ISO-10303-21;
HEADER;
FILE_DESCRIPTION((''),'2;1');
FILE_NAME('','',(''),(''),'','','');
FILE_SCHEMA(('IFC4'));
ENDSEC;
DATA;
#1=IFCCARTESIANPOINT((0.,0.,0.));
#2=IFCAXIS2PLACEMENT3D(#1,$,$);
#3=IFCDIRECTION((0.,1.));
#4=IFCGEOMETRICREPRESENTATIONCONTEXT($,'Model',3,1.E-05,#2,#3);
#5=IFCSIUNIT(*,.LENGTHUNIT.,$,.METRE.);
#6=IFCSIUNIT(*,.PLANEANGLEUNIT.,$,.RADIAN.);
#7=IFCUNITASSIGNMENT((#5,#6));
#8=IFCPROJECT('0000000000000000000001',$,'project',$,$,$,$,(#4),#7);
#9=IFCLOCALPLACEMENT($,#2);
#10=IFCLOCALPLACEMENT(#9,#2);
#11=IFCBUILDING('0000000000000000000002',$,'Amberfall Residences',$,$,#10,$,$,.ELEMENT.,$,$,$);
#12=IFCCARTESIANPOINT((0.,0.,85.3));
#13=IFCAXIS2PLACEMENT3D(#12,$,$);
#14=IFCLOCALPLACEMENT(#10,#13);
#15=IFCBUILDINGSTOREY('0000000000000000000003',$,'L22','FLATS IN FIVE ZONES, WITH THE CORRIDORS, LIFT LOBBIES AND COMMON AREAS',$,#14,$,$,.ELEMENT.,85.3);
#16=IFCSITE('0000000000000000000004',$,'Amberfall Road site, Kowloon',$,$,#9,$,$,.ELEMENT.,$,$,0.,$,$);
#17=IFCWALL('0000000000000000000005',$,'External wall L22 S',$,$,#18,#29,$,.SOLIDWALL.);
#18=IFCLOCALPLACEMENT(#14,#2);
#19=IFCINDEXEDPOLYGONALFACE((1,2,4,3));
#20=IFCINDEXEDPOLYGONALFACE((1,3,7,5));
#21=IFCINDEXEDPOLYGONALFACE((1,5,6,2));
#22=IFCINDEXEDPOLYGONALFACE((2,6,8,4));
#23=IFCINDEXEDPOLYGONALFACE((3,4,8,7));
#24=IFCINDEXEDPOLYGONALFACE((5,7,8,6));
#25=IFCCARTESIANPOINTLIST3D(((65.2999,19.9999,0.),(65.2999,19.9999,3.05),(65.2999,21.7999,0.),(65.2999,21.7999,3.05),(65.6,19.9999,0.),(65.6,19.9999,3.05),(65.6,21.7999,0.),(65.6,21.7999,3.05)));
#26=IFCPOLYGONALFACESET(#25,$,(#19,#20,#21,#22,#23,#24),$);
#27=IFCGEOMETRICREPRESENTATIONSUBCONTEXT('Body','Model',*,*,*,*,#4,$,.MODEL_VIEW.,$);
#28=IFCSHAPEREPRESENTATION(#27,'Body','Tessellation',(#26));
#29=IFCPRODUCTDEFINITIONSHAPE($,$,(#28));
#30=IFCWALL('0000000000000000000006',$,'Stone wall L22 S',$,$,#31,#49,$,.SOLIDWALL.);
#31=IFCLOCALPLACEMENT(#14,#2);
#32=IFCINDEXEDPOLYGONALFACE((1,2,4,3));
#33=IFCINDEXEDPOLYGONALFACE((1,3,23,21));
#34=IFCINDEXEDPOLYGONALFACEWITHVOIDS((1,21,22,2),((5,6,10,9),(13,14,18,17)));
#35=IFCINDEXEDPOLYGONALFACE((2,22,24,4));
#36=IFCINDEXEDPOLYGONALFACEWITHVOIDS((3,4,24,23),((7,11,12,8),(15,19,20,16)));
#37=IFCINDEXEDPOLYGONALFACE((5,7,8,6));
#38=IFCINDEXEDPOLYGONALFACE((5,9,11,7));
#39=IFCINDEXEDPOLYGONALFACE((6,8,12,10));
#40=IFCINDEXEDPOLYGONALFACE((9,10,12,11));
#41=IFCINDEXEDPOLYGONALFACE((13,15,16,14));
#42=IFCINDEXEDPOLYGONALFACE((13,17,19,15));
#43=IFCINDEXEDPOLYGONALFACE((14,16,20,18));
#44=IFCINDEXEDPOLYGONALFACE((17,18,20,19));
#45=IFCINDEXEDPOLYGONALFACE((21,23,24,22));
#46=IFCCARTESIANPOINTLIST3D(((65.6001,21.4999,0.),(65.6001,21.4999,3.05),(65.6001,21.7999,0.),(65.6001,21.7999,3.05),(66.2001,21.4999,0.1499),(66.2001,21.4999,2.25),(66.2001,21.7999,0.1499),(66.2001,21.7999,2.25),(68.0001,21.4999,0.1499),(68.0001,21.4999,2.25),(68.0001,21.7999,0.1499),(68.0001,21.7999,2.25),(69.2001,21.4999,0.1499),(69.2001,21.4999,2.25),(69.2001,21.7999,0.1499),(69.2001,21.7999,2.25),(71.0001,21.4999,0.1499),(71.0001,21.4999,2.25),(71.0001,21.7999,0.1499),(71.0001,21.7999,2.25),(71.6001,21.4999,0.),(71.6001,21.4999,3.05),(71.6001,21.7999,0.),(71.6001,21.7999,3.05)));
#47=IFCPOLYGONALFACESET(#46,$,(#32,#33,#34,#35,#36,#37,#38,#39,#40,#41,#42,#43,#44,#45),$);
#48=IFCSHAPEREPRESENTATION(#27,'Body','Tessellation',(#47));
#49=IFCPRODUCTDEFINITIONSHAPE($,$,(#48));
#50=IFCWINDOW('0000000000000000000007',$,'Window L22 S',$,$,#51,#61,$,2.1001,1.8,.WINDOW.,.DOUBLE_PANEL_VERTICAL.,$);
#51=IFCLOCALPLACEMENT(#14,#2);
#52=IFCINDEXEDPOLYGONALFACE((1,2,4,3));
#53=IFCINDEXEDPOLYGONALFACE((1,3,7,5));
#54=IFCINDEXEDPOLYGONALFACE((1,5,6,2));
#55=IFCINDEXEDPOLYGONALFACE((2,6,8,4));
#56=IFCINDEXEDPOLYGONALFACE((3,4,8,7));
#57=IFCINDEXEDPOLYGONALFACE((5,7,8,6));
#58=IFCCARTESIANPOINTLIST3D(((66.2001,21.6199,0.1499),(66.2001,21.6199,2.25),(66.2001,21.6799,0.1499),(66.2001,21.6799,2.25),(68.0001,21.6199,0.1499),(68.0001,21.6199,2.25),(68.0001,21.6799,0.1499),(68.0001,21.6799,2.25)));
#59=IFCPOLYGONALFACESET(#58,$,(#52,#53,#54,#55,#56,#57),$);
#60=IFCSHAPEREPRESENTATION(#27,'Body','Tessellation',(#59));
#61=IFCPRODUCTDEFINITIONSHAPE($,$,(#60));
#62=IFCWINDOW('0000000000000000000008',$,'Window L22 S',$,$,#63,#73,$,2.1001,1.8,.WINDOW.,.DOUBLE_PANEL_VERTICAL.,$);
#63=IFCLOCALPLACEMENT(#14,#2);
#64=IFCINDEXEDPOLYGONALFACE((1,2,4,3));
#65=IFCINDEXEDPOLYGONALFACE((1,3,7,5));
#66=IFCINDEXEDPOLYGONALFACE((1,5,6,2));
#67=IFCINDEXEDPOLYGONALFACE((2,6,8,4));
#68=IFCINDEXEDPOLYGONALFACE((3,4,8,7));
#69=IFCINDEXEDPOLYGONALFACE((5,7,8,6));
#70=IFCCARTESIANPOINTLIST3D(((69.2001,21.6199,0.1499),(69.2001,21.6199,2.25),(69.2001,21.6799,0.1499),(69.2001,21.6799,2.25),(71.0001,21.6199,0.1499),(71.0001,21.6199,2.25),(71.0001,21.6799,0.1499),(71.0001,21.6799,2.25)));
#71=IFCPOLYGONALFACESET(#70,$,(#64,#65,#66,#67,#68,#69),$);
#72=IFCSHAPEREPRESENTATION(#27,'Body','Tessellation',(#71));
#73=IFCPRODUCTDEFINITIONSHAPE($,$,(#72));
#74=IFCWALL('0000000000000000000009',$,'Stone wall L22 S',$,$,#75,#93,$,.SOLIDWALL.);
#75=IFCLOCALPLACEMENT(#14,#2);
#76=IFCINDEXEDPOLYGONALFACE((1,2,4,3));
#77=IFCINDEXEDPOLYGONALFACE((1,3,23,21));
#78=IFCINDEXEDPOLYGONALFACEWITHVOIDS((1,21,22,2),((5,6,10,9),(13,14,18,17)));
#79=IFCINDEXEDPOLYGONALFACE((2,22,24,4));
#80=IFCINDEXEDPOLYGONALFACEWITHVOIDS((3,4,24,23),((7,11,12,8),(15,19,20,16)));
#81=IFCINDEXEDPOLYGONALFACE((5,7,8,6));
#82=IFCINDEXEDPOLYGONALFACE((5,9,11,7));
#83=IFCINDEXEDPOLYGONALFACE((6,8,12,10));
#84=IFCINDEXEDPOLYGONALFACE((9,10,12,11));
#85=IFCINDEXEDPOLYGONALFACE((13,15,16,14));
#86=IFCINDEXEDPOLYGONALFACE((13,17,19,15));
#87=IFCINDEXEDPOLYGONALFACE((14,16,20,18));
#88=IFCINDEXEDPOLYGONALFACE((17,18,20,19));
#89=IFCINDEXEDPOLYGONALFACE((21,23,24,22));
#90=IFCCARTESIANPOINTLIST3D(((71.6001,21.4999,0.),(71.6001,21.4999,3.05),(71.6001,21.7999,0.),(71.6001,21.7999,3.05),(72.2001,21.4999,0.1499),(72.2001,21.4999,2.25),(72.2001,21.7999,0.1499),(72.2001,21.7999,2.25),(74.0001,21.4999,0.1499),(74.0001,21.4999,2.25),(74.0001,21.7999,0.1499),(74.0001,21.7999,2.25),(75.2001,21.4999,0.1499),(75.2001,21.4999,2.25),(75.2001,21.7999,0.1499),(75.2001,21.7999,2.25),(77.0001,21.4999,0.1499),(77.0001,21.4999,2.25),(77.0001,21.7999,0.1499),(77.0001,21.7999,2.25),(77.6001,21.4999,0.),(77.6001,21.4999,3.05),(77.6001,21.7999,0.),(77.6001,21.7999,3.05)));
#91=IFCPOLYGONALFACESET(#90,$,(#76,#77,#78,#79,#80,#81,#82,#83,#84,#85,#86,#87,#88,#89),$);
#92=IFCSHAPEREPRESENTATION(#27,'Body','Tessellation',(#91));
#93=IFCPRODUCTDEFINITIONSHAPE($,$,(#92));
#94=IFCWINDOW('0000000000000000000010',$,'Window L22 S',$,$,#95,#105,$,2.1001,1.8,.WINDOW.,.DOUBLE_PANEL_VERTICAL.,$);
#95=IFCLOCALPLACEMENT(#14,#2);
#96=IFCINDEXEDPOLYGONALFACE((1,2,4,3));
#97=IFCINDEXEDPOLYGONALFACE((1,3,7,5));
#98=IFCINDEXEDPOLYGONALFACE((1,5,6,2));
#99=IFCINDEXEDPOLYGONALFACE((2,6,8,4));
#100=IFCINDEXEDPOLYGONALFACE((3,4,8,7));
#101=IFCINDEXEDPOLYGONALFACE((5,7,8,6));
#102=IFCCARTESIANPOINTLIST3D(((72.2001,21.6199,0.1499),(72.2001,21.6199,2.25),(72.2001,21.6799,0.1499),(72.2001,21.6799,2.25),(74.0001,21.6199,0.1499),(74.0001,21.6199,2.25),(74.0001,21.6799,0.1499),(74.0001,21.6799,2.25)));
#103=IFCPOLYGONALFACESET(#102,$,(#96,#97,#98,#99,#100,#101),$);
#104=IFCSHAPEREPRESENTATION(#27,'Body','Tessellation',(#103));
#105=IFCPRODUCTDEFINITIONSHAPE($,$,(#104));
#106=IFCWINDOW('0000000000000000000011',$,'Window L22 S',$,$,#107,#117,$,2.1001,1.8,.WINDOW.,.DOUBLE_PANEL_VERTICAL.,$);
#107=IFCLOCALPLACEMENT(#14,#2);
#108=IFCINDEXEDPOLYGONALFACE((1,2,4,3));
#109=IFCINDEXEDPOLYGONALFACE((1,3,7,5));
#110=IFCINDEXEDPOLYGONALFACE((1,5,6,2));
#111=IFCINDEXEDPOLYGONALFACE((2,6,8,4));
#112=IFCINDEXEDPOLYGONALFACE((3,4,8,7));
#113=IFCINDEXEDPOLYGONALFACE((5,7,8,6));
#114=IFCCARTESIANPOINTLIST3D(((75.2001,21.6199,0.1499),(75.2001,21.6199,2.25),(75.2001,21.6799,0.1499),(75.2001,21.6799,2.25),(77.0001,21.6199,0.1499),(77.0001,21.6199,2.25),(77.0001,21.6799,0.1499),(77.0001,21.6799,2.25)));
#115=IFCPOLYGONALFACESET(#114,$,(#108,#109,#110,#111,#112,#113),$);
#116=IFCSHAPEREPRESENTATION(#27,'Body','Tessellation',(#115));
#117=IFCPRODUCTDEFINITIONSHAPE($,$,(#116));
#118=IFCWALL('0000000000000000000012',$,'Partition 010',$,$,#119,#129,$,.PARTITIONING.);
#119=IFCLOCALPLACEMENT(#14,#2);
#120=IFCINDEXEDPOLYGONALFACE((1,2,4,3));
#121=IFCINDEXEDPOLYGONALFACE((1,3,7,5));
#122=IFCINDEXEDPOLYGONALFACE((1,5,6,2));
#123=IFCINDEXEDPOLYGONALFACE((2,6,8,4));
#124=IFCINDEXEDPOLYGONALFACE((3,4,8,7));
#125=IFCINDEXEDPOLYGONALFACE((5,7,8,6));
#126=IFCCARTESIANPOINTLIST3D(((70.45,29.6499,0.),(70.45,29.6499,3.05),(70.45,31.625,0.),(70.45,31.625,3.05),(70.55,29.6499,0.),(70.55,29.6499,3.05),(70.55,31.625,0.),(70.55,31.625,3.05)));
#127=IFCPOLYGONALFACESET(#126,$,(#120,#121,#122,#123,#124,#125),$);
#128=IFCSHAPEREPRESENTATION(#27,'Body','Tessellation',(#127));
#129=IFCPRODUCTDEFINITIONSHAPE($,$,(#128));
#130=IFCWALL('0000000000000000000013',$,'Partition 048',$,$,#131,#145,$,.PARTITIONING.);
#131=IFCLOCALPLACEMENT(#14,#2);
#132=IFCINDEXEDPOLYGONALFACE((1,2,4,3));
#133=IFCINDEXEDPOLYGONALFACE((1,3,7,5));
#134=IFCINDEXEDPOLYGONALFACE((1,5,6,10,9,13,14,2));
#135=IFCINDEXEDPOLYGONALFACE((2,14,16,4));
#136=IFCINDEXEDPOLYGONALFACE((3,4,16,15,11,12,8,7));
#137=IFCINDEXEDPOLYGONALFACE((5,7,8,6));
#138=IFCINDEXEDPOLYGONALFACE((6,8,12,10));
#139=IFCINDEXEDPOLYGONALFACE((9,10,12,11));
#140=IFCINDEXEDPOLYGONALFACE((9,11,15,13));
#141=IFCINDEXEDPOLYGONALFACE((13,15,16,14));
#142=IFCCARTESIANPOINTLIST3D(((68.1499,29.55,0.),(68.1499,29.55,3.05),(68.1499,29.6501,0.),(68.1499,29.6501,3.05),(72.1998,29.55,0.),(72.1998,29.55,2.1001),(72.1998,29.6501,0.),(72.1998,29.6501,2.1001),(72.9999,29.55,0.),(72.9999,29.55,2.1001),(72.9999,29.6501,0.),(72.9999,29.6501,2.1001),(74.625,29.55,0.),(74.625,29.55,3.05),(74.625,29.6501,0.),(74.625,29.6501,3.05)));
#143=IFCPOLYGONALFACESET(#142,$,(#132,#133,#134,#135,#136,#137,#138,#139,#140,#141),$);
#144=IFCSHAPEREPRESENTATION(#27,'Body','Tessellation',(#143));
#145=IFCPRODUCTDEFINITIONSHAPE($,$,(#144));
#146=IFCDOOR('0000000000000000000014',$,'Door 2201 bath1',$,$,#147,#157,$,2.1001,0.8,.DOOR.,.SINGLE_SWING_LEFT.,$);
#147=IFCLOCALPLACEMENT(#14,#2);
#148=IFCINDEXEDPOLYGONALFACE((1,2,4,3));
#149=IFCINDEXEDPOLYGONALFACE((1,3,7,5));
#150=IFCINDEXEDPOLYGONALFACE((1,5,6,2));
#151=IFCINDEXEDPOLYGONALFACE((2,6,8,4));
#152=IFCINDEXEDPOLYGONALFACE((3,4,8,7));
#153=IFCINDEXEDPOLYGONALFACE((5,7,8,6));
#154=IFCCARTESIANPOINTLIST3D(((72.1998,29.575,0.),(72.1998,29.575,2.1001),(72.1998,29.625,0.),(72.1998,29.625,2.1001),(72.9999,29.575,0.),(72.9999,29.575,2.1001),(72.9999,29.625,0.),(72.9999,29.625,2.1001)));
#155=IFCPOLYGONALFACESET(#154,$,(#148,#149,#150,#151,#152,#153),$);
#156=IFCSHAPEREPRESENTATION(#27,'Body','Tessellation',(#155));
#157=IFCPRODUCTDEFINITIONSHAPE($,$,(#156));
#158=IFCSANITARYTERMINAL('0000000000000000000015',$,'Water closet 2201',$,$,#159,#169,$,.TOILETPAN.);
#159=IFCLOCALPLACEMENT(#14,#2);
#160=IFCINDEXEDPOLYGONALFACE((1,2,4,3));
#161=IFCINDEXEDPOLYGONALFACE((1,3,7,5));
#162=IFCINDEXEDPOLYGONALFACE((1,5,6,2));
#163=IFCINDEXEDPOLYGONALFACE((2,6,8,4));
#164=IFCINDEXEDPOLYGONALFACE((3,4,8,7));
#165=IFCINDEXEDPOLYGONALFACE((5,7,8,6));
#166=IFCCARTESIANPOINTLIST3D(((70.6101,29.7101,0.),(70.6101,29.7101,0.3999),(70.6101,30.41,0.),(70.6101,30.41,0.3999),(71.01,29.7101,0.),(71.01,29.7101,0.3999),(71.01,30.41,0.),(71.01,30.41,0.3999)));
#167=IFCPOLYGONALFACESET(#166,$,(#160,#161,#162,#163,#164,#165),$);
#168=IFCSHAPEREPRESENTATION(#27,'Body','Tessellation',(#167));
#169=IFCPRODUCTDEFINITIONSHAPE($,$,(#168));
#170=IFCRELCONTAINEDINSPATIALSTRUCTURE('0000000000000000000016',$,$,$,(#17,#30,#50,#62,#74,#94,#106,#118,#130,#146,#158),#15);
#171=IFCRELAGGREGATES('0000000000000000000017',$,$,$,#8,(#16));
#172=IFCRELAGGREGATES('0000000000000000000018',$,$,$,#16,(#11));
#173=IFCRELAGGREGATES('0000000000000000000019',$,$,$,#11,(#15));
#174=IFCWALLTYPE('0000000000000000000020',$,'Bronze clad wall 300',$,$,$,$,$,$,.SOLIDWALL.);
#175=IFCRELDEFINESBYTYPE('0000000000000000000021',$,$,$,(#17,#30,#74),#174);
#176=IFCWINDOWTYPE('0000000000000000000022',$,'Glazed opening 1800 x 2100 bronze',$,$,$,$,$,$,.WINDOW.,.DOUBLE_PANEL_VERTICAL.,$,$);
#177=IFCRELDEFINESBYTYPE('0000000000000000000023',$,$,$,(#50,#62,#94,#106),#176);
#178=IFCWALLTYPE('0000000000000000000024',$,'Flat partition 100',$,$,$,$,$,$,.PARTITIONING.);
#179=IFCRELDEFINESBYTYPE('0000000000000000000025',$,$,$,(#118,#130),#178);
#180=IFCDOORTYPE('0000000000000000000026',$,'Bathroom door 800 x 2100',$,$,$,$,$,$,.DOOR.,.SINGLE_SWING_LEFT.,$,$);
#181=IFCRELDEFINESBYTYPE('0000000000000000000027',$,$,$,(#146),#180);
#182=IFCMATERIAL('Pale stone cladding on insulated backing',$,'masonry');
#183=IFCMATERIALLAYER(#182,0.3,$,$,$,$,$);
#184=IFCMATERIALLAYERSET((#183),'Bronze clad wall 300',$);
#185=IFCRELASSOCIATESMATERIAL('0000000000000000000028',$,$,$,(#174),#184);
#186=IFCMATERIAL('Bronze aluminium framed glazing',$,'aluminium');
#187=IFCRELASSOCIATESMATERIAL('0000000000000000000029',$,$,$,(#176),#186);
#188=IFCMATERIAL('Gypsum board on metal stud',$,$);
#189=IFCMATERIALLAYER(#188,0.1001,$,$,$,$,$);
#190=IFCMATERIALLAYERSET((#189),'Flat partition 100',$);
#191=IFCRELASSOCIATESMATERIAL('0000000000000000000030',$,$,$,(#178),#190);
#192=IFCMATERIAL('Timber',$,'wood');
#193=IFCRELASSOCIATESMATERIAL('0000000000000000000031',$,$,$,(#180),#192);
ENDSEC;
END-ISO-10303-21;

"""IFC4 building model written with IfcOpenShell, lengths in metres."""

from ifc_helpers import new_model, si_unit, direction, frame, frame_2d, origin, origin_2d, place, context, subcontext, project, spatial, rectangle, extrude, material, layer, layer_set, type_object, element, fill, save


model = new_model("IFC4")

# Units and contexts
model_context = context("Model", 3, precision=1e-05, world=origin(), true_north=direction((0.0, 1.0)))
body_context = subcontext(model_context, "Body", "Model", "MODEL_VIEW")
ifc_project = project(units=[si_unit("LENGTHUNIT", "METRE"), si_unit("PLANEANGLEUNIT", "RADIAN")], contexts=[model_context])

# Site, building, storey
site_placement = place(None, origin())
site = spatial("IfcSite", under=ifc_project, at=site_placement, Name="Amberfall Road site, Kowloon", CompositionType="ELEMENT", RefElevation=0.0)
building_placement = place(site_placement, origin())
building = spatial("IfcBuilding", under=site, at=building_placement, Name="Amberfall Residences", CompositionType="ELEMENT")
storey_placement = place(building_placement, frame((0.0, 0.0, 85.3)))
storey = spatial("IfcBuildingStorey", under=building, at=storey_placement, Name="L22", Description="FLATS IN FIVE ZONES, WITH THE CORRIDORS, LIFT LOBBIES AND COMMON AREAS", CompositionType="ELEMENT", Elevation=85.3)

# Wall
ifc_material_1 = material(Name="Pale stone cladding on insulated backing", Category="masonry")
ifc_layer_1 = layer(ifc_material_1, 0.3)
ifc_layer_set_1 = layer_set([ifc_layer_1], Name="Bronze clad wall 300")
wall_type_1 = type_object("IfcWallType", Name="Bronze clad wall 300", PredefinedType="SOLIDWALL", material=ifc_layer_set_1)
wall_1_placement = place(storey_placement, frame((65.45, 20.0, 0.0), z_axis=(0.0, 0.0, 1.0), x_axis=(0.0, 1.0, 0.0)))
element("IfcWall", 1, at=wall_1_placement, inside=storey, type_object=wall_type_1, Name="External wall L22 S", PredefinedType="SOLIDWALL", context=body_context, shape_type="SweptSolid", body=[
    extrude(rectangle(XDim=1.8, YDim=0.3, at=frame_2d((0.8999, 0.0))), origin(), (0.0, 0.0, 1.0), 3.05),
])

# Walls, openings, windows
wall_2_placement = place(storey_placement, frame((65.6001, 21.6499, 0.0), z_axis=(0.0, 0.0, 1.0), x_axis=(1.0, 0.0, 0.0)))
wall_2 = element("IfcWall", 2, at=wall_2_placement, inside=storey, type_object=wall_type_1, Name="Stone wall L22 S", PredefinedType="SOLIDWALL", context=body_context, shape_type="SweptSolid", body=[
    extrude(rectangle(XDim=6.0, YDim=0.3, at=frame_2d((3.0, 0.0))), origin(), (0.0, 0.0, 1.0), 3.05),
])
opening_1_placement = place(wall_2_placement, frame((0.6001, 0.0, 0.1499)))
opening_1 = element("IfcOpeningElement", 3, at=opening_1_placement, cuts=wall_2, PredefinedType="OPENING", context=body_context, shape_type="SweptSolid", body=[
    extrude(rectangle(XDim=1.8, YDim=2.1001, at=frame_2d((0.8999, 1.05))), frame((0.0, 0.1599, 0.0), z_axis=(0.0, -1.0, 0.0), x_axis=(1.0, 0.0, 0.0)), (0.0, 0.0, 1.0), 0.3201),
])
opening_2_placement = place(wall_2_placement, frame((3.6001, 0.0, 0.1499)))
opening_2 = element("IfcOpeningElement", 4, at=opening_2_placement, cuts=wall_2, PredefinedType="OPENING", context=body_context, shape_type="SweptSolid", body=[
    extrude(rectangle(XDim=1.8, YDim=2.1001, at=frame_2d((0.8999, 1.05))), frame((0.0, 0.1599, 0.0), z_axis=(0.0, -1.0, 0.0), x_axis=(1.0, 0.0, 0.0)), (0.0, 0.0, 1.0), 0.3201),
])
ifc_material_2 = material(Name="Bronze aluminium framed glazing", Category="aluminium")
window_type = type_object("IfcWindowType", Name="Glazed opening 1800 x 2100 bronze", PartitioningType="DOUBLE_PANEL_VERTICAL", PredefinedType="WINDOW", material=ifc_material_2)
window_1_placement = place(opening_1_placement, origin())
window_1 = element("IfcWindow", 5, at=window_1_placement, inside=storey, type_object=window_type, Name="Window L22 S", OverallHeight=2.1001, OverallWidth=1.8, PartitioningType="DOUBLE_PANEL_VERTICAL", PredefinedType="WINDOW", context=body_context, shape_type="SweptSolid", body=[
    extrude(rectangle(XDim=1.8, YDim=2.1001, at=frame_2d((0.8999, 1.05))), frame((0.0, 0.03, 0.0), z_axis=(0.0, -1.0, 0.0), x_axis=(1.0, 0.0, 0.0)), (0.0, 0.0, 1.0), 0.0601),
])
fill(opening_1, window_1)
window_2_placement = place(opening_2_placement, origin())
window_2 = element("IfcWindow", 6, at=window_2_placement, inside=storey, type_object=window_type, Name="Window L22 S", OverallHeight=2.1001, OverallWidth=1.8, PartitioningType="DOUBLE_PANEL_VERTICAL", PredefinedType="WINDOW", context=body_context, shape_type="SweptSolid", body=[
    extrude(rectangle(XDim=1.8, YDim=2.1001, at=frame_2d((0.8999, 1.05))), frame((0.0, 0.03, 0.0), z_axis=(0.0, -1.0, 0.0), x_axis=(1.0, 0.0, 0.0)), (0.0, 0.0, 1.0), 0.0601),
])
fill(opening_2, window_2)
wall_3_placement = place(storey_placement, frame((71.6001, 21.6499, 0.0), z_axis=(0.0, 0.0, 1.0), x_axis=(1.0, 0.0, 0.0)))
wall_3 = element("IfcWall", 7, at=wall_3_placement, inside=storey, type_object=wall_type_1, Name="Stone wall L22 S", PredefinedType="SOLIDWALL", context=body_context, shape_type="SweptSolid", body=[
    extrude(rectangle(XDim=6.0, YDim=0.3, at=frame_2d((3.0, 0.0))), origin(), (0.0, 0.0, 1.0), 3.05),
])
opening_3_placement = place(wall_3_placement, frame((0.6001, 0.0, 0.1499)))
opening_3 = element("IfcOpeningElement", 8, at=opening_3_placement, cuts=wall_3, PredefinedType="OPENING", context=body_context, shape_type="SweptSolid", body=[
    extrude(rectangle(XDim=1.8, YDim=2.1001, at=frame_2d((0.8999, 1.05))), frame((0.0, 0.1599, 0.0), z_axis=(0.0, -1.0, 0.0), x_axis=(1.0, 0.0, 0.0)), (0.0, 0.0, 1.0), 0.3201),
])
opening_4_placement = place(wall_3_placement, frame((3.6001, 0.0, 0.1499)))
opening_4 = element("IfcOpeningElement", 9, at=opening_4_placement, cuts=wall_3, PredefinedType="OPENING", context=body_context, shape_type="SweptSolid", body=[
    extrude(rectangle(XDim=1.8, YDim=2.1001, at=frame_2d((0.8999, 1.05))), frame((0.0, 0.1599, 0.0), z_axis=(0.0, -1.0, 0.0), x_axis=(1.0, 0.0, 0.0)), (0.0, 0.0, 1.0), 0.3201),
])
window_3_placement = place(opening_3_placement, origin())
window_3 = element("IfcWindow", 10, at=window_3_placement, inside=storey, type_object=window_type, Name="Window L22 S", OverallHeight=2.1001, OverallWidth=1.8, PartitioningType="DOUBLE_PANEL_VERTICAL", PredefinedType="WINDOW", context=body_context, shape_type="SweptSolid", body=[
    extrude(rectangle(XDim=1.8, YDim=2.1001, at=frame_2d((0.8999, 1.05))), frame((0.0, 0.03, 0.0), z_axis=(0.0, -1.0, 0.0), x_axis=(1.0, 0.0, 0.0)), (0.0, 0.0, 1.0), 0.0601),
])
fill(opening_3, window_3)
window_4_placement = place(opening_4_placement, origin())
window_4 = element("IfcWindow", 11, at=window_4_placement, inside=storey, type_object=window_type, Name="Window L22 S", OverallHeight=2.1001, OverallWidth=1.8, PartitioningType="DOUBLE_PANEL_VERTICAL", PredefinedType="WINDOW", context=body_context, shape_type="SweptSolid", body=[
    extrude(rectangle(XDim=1.8, YDim=2.1001, at=frame_2d((0.8999, 1.05))), frame((0.0, 0.03, 0.0), z_axis=(0.0, -1.0, 0.0), x_axis=(1.0, 0.0, 0.0)), (0.0, 0.0, 1.0), 0.0601),
])
fill(opening_4, window_4)

# Wall
ifc_material_3 = material(Name="Gypsum board on metal stud")
ifc_layer_2 = layer(ifc_material_3, 0.1001)
ifc_layer_set_2 = layer_set([ifc_layer_2], Name="Flat partition 100")
wall_type_2 = type_object("IfcWallType", Name="Flat partition 100", PredefinedType="PARTITIONING", material=ifc_layer_set_2)
wall_4_placement = place(storey_placement, frame((70.5, 29.6499, 0.0), z_axis=(0.0, 0.0, 1.0), x_axis=(0.0, 1.0, 0.0)))
element("IfcWall", 12, at=wall_4_placement, inside=storey, type_object=wall_type_2, Name="Partition 010", PredefinedType="PARTITIONING", context=body_context, shape_type="SweptSolid", body=[
    extrude(rectangle(XDim=1.9751, YDim=0.1001, at=frame_2d((0.9875, 0.0))), origin(), (0.0, 0.0, 1.0), 3.05),
])

# Wall, opening, door
wall_5_placement = place(storey_placement, frame((68.1499, 29.6001, 0.0), z_axis=(0.0, 0.0, 1.0), x_axis=(1.0, 0.0, 0.0)))
wall_5 = element("IfcWall", 13, at=wall_5_placement, inside=storey, type_object=wall_type_2, Name="Partition 048", PredefinedType="PARTITIONING", context=body_context, shape_type="SweptSolid", body=[
    extrude(rectangle(XDim=6.4751, YDim=0.1001, at=frame_2d((3.2375, 0.0))), origin(), (0.0, 0.0, 1.0), 3.05),
])
opening_5_placement = place(wall_5_placement, frame((4.05, 0.0, 0.0)))
opening_5 = element("IfcOpeningElement", 14, at=opening_5_placement, cuts=wall_5, PredefinedType="OPENING", context=body_context, shape_type="SweptSolid", body=[
    extrude(rectangle(XDim=0.8, YDim=2.1001, at=frame_2d((0.3999, 1.05))), frame((0.0, 0.0601, 0.0), z_axis=(0.0, -1.0, 0.0), x_axis=(1.0, 0.0, 0.0)), (0.0, 0.0, 1.0), 0.1201),
])
ifc_material_4 = material(Name="Timber", Category="wood")
door_type = type_object("IfcDoorType", Name="Bathroom door 800 x 2100", OperationType="SINGLE_SWING_LEFT", PredefinedType="DOOR", material=ifc_material_4)
door_placement = place(opening_5_placement, origin())
door = element("IfcDoor", 15, at=door_placement, inside=storey, type_object=door_type, Name="Door 2201 bath1", OperationType="SINGLE_SWING_LEFT", OverallHeight=2.1001, OverallWidth=0.8, PredefinedType="DOOR", context=body_context, shape_type="SweptSolid", body=[
    extrude(rectangle(XDim=0.8, YDim=2.1001, at=frame_2d((0.3999, 1.05))), frame((0.0, 0.0249, 0.0), z_axis=(0.0, -1.0, 0.0), x_axis=(1.0, 0.0, 0.0)), (0.0, 0.0, 1.0), 0.05),
])
fill(opening_5, door)

# Sanitary terminal
sanitary_terminal_placement = place(storey_placement, frame((70.8101, 30.0601, 0.0), z_axis=(0.0, 0.0, 1.0), x_axis=(1.0, 0.0, 0.0)))
element("IfcSanitaryTerminal", 16, at=sanitary_terminal_placement, inside=storey, Name="Water closet 2201", PredefinedType="TOILETPAN", context=body_context, shape_type="SweptSolid", body=[
    extrude(rectangle(XDim=0.3999, YDim=0.7, at=origin_2d()), origin(), (0.0, 0.0, 1.0), 0.3999),
])

save(model, "model.ifc")
